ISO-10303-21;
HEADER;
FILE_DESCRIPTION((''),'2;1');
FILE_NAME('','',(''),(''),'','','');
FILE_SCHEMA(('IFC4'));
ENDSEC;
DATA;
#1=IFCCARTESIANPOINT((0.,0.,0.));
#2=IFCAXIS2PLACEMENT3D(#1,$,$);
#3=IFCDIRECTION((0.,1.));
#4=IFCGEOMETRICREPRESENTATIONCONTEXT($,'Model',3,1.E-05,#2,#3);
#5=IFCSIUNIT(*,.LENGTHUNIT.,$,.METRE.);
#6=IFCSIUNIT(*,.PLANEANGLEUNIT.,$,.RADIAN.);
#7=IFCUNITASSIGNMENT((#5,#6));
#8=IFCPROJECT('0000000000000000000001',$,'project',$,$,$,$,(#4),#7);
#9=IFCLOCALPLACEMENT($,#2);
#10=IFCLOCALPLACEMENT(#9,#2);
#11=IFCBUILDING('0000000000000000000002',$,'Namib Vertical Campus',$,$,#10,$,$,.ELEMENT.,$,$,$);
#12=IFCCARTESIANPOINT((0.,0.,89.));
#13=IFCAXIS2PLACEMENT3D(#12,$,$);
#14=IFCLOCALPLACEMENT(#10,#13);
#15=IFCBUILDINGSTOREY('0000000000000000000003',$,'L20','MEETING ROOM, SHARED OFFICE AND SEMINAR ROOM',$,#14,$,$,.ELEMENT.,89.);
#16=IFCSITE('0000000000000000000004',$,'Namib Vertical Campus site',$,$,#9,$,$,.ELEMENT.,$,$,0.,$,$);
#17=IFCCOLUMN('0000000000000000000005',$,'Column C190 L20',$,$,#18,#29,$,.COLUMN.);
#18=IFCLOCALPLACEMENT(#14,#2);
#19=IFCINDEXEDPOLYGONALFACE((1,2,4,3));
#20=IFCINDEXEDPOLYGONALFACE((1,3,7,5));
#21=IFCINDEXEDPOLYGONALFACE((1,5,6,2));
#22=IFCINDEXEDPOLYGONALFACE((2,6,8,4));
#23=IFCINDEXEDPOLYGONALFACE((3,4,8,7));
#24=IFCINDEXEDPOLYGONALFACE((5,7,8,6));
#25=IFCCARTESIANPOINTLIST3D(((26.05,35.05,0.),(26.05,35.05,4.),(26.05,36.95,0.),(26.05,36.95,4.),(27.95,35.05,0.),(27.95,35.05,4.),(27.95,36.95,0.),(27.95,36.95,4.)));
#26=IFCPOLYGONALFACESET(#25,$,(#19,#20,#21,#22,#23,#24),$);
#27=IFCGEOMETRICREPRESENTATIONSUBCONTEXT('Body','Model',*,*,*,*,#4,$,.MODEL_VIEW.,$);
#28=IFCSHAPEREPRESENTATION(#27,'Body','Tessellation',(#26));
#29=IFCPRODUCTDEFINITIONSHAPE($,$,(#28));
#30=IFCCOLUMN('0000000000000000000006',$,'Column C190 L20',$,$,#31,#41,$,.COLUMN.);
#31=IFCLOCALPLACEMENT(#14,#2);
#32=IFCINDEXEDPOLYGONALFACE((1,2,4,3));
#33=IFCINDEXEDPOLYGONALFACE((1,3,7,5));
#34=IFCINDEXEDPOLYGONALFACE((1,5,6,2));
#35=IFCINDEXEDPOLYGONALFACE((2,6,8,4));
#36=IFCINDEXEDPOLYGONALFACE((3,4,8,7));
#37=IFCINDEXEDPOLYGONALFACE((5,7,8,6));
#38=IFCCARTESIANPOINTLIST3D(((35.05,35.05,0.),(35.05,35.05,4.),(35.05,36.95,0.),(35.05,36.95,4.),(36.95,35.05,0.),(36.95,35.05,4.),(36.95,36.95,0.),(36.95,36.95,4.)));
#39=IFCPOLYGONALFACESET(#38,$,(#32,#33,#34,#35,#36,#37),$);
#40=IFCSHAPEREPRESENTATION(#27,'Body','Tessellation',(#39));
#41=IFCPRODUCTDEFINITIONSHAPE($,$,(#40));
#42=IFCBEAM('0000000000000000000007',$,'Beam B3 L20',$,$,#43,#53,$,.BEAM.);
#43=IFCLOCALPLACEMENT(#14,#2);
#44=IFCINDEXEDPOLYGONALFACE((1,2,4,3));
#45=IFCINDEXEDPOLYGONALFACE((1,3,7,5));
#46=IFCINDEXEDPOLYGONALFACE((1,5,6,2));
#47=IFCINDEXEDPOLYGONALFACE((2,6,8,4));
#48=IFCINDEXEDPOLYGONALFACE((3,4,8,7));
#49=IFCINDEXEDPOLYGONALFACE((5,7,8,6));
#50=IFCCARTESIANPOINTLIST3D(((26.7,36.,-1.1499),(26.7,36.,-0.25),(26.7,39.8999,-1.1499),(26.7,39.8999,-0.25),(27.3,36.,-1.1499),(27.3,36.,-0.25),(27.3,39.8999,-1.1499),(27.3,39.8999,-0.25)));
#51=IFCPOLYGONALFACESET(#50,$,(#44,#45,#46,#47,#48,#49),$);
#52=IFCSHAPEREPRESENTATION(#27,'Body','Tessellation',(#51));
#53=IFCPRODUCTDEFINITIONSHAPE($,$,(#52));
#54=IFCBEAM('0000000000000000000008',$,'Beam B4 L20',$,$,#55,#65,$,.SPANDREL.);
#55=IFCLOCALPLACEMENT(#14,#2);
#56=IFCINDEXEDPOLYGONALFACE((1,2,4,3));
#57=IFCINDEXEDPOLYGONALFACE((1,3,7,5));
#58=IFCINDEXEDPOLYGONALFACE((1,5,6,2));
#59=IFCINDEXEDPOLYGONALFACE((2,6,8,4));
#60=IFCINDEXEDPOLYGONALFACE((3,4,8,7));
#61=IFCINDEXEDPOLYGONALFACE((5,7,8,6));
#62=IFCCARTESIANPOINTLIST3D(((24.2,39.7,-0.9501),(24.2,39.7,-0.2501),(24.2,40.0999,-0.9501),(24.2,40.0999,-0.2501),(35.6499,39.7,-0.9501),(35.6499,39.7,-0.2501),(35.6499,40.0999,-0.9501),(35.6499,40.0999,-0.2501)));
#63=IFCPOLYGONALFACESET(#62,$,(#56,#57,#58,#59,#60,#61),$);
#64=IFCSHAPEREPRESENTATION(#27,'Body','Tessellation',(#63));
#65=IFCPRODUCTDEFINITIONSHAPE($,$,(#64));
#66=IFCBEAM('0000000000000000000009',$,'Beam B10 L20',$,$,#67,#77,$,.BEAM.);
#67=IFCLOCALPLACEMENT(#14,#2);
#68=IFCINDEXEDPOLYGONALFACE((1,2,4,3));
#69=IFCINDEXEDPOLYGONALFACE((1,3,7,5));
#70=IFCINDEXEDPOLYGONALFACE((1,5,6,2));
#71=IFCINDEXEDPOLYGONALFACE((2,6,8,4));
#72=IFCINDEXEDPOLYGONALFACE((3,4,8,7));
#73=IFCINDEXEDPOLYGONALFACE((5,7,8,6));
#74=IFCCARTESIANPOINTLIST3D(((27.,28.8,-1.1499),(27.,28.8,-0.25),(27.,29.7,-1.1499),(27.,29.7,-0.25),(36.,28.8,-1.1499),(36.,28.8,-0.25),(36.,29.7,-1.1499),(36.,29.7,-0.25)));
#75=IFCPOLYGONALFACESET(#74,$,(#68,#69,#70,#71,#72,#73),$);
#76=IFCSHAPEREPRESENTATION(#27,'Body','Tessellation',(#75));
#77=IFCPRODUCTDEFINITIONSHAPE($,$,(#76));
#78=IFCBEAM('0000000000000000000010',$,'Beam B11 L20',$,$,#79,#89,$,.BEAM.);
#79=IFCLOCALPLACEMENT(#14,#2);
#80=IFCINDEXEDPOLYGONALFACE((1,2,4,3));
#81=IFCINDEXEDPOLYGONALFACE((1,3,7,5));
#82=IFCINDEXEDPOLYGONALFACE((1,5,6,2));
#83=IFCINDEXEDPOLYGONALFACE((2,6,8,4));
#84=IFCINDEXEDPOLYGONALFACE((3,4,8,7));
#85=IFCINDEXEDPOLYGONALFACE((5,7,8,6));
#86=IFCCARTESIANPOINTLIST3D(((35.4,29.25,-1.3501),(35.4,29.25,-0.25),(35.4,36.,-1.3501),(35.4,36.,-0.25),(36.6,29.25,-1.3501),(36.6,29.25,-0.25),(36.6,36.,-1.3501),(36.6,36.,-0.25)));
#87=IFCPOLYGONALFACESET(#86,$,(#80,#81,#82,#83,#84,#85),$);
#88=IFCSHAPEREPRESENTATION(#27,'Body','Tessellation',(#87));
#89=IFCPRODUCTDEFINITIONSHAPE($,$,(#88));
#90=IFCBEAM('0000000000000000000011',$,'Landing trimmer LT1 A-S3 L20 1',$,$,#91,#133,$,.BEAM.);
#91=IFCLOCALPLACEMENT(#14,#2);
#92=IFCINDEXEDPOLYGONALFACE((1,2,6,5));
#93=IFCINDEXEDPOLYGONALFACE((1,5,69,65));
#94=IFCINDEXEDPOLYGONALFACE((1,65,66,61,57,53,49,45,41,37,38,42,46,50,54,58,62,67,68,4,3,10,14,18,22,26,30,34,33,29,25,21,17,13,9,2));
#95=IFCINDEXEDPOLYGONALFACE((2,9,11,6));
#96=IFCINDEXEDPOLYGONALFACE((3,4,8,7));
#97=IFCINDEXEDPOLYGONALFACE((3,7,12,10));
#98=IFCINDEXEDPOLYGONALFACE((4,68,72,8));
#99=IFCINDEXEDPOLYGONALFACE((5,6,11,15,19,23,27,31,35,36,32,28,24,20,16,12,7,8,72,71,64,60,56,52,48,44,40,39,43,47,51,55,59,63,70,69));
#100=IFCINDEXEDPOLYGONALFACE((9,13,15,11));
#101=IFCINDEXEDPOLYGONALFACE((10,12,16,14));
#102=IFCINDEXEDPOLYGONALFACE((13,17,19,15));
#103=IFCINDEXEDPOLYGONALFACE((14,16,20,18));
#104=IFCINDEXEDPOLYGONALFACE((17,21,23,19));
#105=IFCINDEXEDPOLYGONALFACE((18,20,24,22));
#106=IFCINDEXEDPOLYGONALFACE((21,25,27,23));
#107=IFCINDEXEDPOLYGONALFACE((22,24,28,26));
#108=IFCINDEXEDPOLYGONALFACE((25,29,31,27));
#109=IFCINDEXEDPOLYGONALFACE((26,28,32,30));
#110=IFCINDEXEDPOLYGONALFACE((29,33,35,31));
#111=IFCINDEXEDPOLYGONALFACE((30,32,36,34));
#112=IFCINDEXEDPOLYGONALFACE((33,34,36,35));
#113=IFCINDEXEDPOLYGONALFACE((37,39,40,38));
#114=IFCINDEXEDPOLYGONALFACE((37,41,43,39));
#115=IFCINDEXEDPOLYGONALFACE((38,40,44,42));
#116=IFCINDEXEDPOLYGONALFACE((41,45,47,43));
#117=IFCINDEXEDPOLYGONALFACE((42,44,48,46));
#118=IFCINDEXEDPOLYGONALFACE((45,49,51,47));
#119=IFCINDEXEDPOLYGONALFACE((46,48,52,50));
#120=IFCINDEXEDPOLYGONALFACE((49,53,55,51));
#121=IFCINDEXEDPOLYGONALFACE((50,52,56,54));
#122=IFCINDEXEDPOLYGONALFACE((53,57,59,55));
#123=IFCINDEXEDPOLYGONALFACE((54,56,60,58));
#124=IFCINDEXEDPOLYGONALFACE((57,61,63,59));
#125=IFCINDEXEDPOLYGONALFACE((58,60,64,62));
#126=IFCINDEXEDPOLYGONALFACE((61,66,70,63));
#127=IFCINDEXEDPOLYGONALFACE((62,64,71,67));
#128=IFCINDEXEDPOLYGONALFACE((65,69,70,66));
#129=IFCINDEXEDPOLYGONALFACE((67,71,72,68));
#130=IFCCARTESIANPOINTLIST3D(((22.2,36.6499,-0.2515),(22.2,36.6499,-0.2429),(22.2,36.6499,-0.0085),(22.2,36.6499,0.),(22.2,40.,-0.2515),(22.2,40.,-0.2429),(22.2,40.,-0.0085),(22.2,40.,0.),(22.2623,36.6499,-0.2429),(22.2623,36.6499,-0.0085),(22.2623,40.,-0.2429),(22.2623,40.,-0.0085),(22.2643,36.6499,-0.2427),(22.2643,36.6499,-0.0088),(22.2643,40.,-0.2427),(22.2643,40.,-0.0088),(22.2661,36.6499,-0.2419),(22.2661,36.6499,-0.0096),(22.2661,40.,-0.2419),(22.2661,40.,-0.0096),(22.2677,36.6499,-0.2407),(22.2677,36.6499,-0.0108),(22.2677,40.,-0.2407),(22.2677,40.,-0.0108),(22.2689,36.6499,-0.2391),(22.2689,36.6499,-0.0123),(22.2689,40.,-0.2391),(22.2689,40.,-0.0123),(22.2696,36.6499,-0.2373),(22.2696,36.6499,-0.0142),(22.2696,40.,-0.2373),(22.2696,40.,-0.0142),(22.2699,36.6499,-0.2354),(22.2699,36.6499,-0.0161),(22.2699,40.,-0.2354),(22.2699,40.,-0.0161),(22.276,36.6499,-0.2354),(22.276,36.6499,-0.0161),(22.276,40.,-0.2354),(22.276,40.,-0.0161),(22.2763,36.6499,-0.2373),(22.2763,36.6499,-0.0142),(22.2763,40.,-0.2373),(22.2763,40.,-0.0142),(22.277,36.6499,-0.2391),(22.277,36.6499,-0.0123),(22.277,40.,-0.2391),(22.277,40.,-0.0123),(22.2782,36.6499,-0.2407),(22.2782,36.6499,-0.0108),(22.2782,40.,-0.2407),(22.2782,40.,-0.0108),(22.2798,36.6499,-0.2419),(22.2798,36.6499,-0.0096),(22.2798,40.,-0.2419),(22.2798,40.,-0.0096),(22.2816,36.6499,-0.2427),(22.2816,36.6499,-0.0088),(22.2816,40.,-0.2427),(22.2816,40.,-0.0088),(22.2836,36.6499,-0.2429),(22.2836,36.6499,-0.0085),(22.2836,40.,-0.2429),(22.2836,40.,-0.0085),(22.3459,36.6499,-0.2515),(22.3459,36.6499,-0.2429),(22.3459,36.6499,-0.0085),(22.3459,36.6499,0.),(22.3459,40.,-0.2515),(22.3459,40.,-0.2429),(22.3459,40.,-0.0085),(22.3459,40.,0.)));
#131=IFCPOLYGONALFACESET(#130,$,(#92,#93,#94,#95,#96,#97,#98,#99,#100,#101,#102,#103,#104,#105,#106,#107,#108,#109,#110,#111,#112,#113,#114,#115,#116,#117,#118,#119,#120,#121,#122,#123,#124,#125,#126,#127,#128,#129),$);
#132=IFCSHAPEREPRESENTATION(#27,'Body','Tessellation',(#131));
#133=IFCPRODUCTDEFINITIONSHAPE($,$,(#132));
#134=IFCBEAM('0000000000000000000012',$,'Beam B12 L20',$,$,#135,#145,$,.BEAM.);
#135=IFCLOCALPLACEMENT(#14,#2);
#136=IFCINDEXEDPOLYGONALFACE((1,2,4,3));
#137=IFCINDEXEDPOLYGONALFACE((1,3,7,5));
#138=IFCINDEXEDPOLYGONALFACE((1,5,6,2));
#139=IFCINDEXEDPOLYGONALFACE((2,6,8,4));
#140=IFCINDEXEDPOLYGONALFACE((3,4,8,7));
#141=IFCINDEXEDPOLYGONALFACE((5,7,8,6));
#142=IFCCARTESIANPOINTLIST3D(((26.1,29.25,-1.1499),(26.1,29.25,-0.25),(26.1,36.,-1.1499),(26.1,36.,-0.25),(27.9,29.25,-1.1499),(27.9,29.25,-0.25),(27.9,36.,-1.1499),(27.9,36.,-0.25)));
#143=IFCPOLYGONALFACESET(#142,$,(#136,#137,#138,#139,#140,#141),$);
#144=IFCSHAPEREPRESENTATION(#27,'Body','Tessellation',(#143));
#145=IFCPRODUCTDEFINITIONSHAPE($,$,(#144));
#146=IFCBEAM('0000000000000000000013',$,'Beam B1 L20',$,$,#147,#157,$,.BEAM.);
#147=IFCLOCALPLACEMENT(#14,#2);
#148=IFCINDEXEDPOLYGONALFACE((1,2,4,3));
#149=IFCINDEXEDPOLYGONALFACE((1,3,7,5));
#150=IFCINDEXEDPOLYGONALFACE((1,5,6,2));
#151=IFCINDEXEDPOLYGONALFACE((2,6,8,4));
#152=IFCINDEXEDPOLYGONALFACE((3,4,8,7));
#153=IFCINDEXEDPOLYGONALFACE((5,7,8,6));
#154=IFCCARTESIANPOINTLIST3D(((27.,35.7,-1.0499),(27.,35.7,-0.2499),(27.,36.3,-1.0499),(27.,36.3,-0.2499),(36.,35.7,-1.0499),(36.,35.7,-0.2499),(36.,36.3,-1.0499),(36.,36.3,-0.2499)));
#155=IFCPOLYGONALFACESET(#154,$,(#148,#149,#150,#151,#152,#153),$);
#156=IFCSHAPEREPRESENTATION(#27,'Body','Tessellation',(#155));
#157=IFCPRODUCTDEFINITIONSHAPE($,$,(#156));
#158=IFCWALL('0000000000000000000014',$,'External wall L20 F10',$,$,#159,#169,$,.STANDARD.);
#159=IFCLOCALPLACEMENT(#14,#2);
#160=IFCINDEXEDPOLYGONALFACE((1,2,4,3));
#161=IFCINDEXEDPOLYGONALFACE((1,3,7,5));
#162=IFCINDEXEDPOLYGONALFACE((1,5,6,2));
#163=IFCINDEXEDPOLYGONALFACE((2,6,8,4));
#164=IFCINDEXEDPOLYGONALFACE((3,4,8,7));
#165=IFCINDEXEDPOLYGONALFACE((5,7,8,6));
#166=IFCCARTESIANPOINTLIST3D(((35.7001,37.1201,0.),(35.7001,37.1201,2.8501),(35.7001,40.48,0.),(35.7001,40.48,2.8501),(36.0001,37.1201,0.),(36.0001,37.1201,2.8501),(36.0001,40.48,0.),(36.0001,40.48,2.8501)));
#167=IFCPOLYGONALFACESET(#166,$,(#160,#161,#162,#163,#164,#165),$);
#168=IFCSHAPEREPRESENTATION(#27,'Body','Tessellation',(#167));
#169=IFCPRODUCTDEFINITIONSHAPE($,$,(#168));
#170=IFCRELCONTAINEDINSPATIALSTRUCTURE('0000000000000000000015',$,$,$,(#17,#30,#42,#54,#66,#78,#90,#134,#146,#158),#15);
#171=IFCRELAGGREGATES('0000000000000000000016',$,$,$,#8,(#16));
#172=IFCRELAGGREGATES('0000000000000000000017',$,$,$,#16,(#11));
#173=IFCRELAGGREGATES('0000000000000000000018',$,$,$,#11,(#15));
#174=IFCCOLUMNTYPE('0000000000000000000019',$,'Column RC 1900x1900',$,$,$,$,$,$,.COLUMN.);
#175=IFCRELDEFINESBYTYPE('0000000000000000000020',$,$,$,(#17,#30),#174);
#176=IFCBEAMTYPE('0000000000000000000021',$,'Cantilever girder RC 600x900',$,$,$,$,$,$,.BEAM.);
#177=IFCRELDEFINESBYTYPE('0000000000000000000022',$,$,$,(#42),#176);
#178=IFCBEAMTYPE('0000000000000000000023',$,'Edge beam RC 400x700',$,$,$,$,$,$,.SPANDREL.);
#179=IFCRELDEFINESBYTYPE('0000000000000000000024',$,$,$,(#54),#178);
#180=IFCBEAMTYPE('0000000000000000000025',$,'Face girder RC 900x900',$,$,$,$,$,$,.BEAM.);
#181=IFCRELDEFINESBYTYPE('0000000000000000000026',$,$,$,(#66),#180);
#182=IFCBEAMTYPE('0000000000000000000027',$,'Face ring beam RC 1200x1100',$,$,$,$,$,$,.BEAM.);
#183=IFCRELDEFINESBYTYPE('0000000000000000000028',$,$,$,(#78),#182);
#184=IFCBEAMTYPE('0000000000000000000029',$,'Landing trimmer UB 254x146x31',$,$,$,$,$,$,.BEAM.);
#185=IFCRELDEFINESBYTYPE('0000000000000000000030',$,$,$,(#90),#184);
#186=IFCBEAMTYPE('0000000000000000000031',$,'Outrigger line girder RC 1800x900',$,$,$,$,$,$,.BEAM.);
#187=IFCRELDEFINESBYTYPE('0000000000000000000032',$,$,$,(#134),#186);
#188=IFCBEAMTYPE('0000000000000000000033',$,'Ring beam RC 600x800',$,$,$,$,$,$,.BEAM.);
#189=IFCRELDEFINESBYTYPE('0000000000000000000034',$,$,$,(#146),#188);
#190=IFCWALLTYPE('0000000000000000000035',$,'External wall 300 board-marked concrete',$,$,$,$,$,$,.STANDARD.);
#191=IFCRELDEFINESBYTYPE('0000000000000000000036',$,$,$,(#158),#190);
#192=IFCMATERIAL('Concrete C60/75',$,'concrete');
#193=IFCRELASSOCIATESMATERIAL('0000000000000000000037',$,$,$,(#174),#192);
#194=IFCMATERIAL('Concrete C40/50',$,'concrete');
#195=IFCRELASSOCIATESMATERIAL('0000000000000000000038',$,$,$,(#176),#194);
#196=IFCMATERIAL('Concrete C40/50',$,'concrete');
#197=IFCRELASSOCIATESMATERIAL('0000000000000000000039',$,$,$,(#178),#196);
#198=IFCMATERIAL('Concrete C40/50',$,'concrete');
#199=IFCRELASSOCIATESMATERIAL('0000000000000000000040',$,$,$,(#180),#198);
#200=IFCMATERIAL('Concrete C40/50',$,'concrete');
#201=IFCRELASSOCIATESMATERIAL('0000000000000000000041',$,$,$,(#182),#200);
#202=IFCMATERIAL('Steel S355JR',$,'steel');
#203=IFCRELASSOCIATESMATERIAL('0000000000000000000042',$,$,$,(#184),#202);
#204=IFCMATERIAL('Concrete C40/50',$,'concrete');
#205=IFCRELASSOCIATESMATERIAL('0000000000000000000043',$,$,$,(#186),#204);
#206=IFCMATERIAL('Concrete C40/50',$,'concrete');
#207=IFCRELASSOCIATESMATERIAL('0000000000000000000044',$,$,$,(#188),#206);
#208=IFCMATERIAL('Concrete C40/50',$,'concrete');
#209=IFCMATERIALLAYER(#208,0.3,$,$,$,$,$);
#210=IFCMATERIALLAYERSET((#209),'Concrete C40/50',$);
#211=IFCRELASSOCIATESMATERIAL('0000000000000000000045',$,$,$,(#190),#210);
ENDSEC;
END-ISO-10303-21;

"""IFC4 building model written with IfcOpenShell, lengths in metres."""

from ifc_helpers import new_model, si_unit, direction, frame, frame_2d, origin, origin_2d, place, context, subcontext, project, spatial, rectangle, i_section, extrude, material, layer, layer_set, material_profile, profile_set, type_object, element, save


model = new_model("IFC4")

# Units and contexts
model_context = context("Model", 3, precision=1e-05, world=origin(), true_north=direction((0.0, 1.0)))
body_context = subcontext(model_context, "Body", "Model", "MODEL_VIEW")
ifc_project = project(units=[si_unit("LENGTHUNIT", "METRE"), si_unit("PLANEANGLEUNIT", "RADIAN")], contexts=[model_context])

# Site, building, storey
site_placement = place(None, origin())
site = spatial("IfcSite", under=ifc_project, at=site_placement, Name="Namib Vertical Campus site", CompositionType="ELEMENT", RefElevation=0.0)
building_placement = place(site_placement, origin())
building = spatial("IfcBuilding", under=site, at=building_placement, Name="Namib Vertical Campus", CompositionType="ELEMENT")
storey_placement = place(building_placement, frame((0.0, 0.0, 89.0)))
storey = spatial("IfcBuildingStorey", under=building, at=storey_placement, Name="L20", Description="MEETING ROOM, SHARED OFFICE AND SEMINAR ROOM", CompositionType="ELEMENT", Elevation=89.0)

# Columns
ifc_material_1 = material(Name="Concrete C60/75", Category="concrete")
ifc_material_profile_1 = material_profile(ifc_material_1, rectangle(XDim=1.8999, YDim=1.8999, at=origin_2d()))
ifc_profile_set_1 = profile_set([ifc_material_profile_1], Name="Concrete C60/75")
column_type = type_object("IfcColumnType", Name="Column RC 1900x1900", PredefinedType="COLUMN", material=ifc_profile_set_1)
for number, where, z_axis, x_axis, name in (
    (1, (27.0, 36.0, 0.0), (0.0, 0.0, 1.0), (1.0, 0.0, 0.0), "Column C190 L20"),
    (2, (36.0, 36.0, 0.0), (0.0, 0.0, 1.0), (1.0, 0.0, 0.0), "Column C190 L20"),
):
    element("IfcColumn", number, at=place(storey_placement, frame(where, z_axis=z_axis, x_axis=x_axis)), inside=storey, type_object=column_type, Name=name, PredefinedType="COLUMN", context=body_context, shape_type="SweptSolid", body=[
        extrude(rectangle(XDim=1.8999, YDim=1.8999, at=origin_2d()), origin(), (0.0, 0.0, 1.0), 4.0),
    ])

# Beams
ifc_material_2 = material(Name="Concrete C40/50", Category="concrete")
ifc_material_profile_2 = material_profile(ifc_material_2, rectangle(XDim=0.6001, YDim=0.8999, at=origin_2d()))
ifc_profile_set_2 = profile_set([ifc_material_profile_2], Name="Concrete C40/50")
beam_type_1 = type_object("IfcBeamType", Name="Cantilever girder RC 600x900", PredefinedType="BEAM", material=ifc_profile_set_2)
beam_1_placement = place(storey_placement, frame((27.0, 36.0, -0.7), z_axis=(0.0, 1.0, 0.0), x_axis=(-1.0, 0.0, 0.0)))
element("IfcBeam", 3, at=beam_1_placement, inside=storey, type_object=beam_type_1, Name="Beam B3 L20", PredefinedType="BEAM", context=body_context, shape_type="SweptSolid", body=[
    extrude(rectangle(XDim=0.6001, YDim=0.8999, at=origin_2d()), origin(), (0.0, 0.0, 1.0), 3.8999),
])
ifc_material_3 = material(Name="Concrete C40/50", Category="concrete")
ifc_material_profile_3 = material_profile(ifc_material_3, rectangle(XDim=0.3999, YDim=0.7, at=origin_2d()))
ifc_profile_set_3 = profile_set([ifc_material_profile_3], Name="Concrete C40/50")
beam_type_2 = type_object("IfcBeamType", Name="Edge beam RC 400x700", PredefinedType="SPANDREL", material=ifc_profile_set_3)
beam_2_placement = place(storey_placement, frame((24.2, 39.8999, -0.6001), z_axis=(1.0, 0.0, 0.0), x_axis=(0.0, 1.0, 0.0)))
element("IfcBeam", 4, at=beam_2_placement, inside=storey, type_object=beam_type_2, Name="Beam B4 L20", PredefinedType="SPANDREL", context=body_context, shape_type="SweptSolid", body=[
    extrude(rectangle(XDim=0.3999, YDim=0.7, at=origin_2d()), origin(), (0.0, 0.0, 1.0), 11.45),
])
ifc_material_4 = material(Name="Concrete C40/50", Category="concrete")
ifc_material_profile_4 = material_profile(ifc_material_4, rectangle(XDim=0.8999, YDim=0.8999, at=origin_2d()))
ifc_profile_set_4 = profile_set([ifc_material_profile_4], Name="Concrete C40/50")
beam_type_3 = type_object("IfcBeamType", Name="Face girder RC 900x900", PredefinedType="BEAM", material=ifc_profile_set_4)
beam_3_placement = place(storey_placement, frame((36.0, 29.25, -0.7), z_axis=(-1.0, 0.0, 0.0), x_axis=(0.0, -1.0, 0.0)))
element("IfcBeam", 5, at=beam_3_placement, inside=storey, type_object=beam_type_3, Name="Beam B10 L20", PredefinedType="BEAM", context=body_context, shape_type="SweptSolid", body=[
    extrude(rectangle(XDim=0.8999, YDim=0.8999, at=origin_2d()), origin(), (0.0, 0.0, 1.0), 9.0),
])
ifc_material_5 = material(Name="Concrete C40/50", Category="concrete")
ifc_material_profile_5 = material_profile(ifc_material_5, rectangle(XDim=1.2, YDim=1.1001, at=origin_2d()))
ifc_profile_set_5 = profile_set([ifc_material_profile_5], Name="Concrete C40/50")
beam_type_4 = type_object("IfcBeamType", Name="Face ring beam RC 1200x1100", PredefinedType="BEAM", material=ifc_profile_set_5)
beam_4_placement = place(storey_placement, frame((36.0, 29.25, -0.8), z_axis=(0.0, 1.0, 0.0), x_axis=(-1.0, 0.0, 0.0)))
element("IfcBeam", 6, at=beam_4_placement, inside=storey, type_object=beam_type_4, Name="Beam B11 L20", PredefinedType="BEAM", context=body_context, shape_type="SweptSolid", body=[
    extrude(rectangle(XDim=1.2, YDim=1.1001, at=origin_2d()), origin(), (0.0, 0.0, 1.0), 6.75),
])
ifc_material_6 = material(Name="Steel S355JR", Category="steel")
ifc_material_profile_6 = material_profile(ifc_material_6, i_section(OverallWidth=0.146, OverallDepth=0.2515, WebThickness=0.0061, FlangeThickness=0.0085, FilletRadius=0.0076, at=origin_2d()))
ifc_profile_set_6 = profile_set([ifc_material_profile_6], Name="Steel S355JR")
beam_type_5 = type_object("IfcBeamType", Name="Landing trimmer UB 254x146x31", PredefinedType="BEAM", material=ifc_profile_set_6)
beam_5_placement = place(storey_placement, frame((22.2729, 36.6499, -0.1257), z_axis=(0.0, 1.0, 0.0), x_axis=(-1.0, 0.0, 0.0)))
element("IfcBeam", 7, at=beam_5_placement, inside=storey, type_object=beam_type_5, Name="Landing trimmer LT1 A-S3 L20 1", PredefinedType="BEAM", context=body_context, shape_type="SweptSolid", body=[
    extrude(i_section(OverallWidth=0.146, OverallDepth=0.2515, WebThickness=0.0061, FlangeThickness=0.0085, FilletRadius=0.0076, at=origin_2d()), origin(), (0.0, 0.0, 1.0), 3.3501),
])
ifc_material_7 = material(Name="Concrete C40/50", Category="concrete")
ifc_material_profile_7 = material_profile(ifc_material_7, rectangle(XDim=1.8, YDim=0.8999, at=origin_2d()))
ifc_profile_set_7 = profile_set([ifc_material_profile_7], Name="Concrete C40/50")
beam_type_6 = type_object("IfcBeamType", Name="Outrigger line girder RC 1800x900", PredefinedType="BEAM", material=ifc_profile_set_7)
beam_6_placement = place(storey_placement, frame((27.0, 36.0, -0.7), z_axis=(0.0, -1.0, 0.0), x_axis=(1.0, 0.0, 0.0)))
element("IfcBeam", 8, at=beam_6_placement, inside=storey, type_object=beam_type_6, Name="Beam B12 L20", PredefinedType="BEAM", context=body_context, shape_type="SweptSolid", body=[
    extrude(rectangle(XDim=1.8, YDim=0.8999, at=origin_2d()), origin(), (0.0, 0.0, 1.0), 6.75),
])
ifc_material_8 = material(Name="Concrete C40/50", Category="concrete")
ifc_material_profile_8 = material_profile(ifc_material_8, rectangle(XDim=0.6001, YDim=0.8, at=origin_2d()))
ifc_profile_set_8 = profile_set([ifc_material_profile_8], Name="Concrete C40/50")
beam_type_7 = type_object("IfcBeamType", Name="Ring beam RC 600x800", PredefinedType="BEAM", material=ifc_profile_set_8)
beam_7_placement = place(storey_placement, frame((27.0, 36.0, -0.6499), z_axis=(1.0, 0.0, 0.0), x_axis=(0.0, 1.0, 0.0)))
element("IfcBeam", 9, at=beam_7_placement, inside=storey, type_object=beam_type_7, Name="Beam B1 L20", PredefinedType="BEAM", context=body_context, shape_type="SweptSolid", body=[
    extrude(rectangle(XDim=0.6001, YDim=0.8, at=origin_2d()), origin(), (0.0, 0.0, 1.0), 9.0),
])

# Wall
ifc_material_9 = material(Name="Concrete C40/50", Category="concrete")
ifc_layer_1 = layer(ifc_material_9, 0.3)
ifc_layer_set_1 = layer_set([ifc_layer_1], Name="Concrete C40/50")
wall_type_1 = type_object("IfcWallType", Name="External wall 300 board-marked concrete", PredefinedType="STANDARD", material=ifc_layer_set_1)
wall_1_placement = place(storey_placement, frame((35.8501, 37.1201, 0.0), z_axis=(0.0, 0.0, 1.0), x_axis=(0.0, 1.0, 0.0)))
element("IfcWall", 10, at=wall_1_placement, inside=storey, type_object=wall_type_1, Name="External wall L20 F10", PredefinedType="STANDARD", context=body_context, shape_type="SweptSolid", body=[
    extrude(rectangle(XDim=3.3599, YDim=0.3, at=frame_2d((1.6799, 0.0))), origin(), (0.0, 0.0, 1.0), 2.8501),
])

save(model, "model.ifc")
